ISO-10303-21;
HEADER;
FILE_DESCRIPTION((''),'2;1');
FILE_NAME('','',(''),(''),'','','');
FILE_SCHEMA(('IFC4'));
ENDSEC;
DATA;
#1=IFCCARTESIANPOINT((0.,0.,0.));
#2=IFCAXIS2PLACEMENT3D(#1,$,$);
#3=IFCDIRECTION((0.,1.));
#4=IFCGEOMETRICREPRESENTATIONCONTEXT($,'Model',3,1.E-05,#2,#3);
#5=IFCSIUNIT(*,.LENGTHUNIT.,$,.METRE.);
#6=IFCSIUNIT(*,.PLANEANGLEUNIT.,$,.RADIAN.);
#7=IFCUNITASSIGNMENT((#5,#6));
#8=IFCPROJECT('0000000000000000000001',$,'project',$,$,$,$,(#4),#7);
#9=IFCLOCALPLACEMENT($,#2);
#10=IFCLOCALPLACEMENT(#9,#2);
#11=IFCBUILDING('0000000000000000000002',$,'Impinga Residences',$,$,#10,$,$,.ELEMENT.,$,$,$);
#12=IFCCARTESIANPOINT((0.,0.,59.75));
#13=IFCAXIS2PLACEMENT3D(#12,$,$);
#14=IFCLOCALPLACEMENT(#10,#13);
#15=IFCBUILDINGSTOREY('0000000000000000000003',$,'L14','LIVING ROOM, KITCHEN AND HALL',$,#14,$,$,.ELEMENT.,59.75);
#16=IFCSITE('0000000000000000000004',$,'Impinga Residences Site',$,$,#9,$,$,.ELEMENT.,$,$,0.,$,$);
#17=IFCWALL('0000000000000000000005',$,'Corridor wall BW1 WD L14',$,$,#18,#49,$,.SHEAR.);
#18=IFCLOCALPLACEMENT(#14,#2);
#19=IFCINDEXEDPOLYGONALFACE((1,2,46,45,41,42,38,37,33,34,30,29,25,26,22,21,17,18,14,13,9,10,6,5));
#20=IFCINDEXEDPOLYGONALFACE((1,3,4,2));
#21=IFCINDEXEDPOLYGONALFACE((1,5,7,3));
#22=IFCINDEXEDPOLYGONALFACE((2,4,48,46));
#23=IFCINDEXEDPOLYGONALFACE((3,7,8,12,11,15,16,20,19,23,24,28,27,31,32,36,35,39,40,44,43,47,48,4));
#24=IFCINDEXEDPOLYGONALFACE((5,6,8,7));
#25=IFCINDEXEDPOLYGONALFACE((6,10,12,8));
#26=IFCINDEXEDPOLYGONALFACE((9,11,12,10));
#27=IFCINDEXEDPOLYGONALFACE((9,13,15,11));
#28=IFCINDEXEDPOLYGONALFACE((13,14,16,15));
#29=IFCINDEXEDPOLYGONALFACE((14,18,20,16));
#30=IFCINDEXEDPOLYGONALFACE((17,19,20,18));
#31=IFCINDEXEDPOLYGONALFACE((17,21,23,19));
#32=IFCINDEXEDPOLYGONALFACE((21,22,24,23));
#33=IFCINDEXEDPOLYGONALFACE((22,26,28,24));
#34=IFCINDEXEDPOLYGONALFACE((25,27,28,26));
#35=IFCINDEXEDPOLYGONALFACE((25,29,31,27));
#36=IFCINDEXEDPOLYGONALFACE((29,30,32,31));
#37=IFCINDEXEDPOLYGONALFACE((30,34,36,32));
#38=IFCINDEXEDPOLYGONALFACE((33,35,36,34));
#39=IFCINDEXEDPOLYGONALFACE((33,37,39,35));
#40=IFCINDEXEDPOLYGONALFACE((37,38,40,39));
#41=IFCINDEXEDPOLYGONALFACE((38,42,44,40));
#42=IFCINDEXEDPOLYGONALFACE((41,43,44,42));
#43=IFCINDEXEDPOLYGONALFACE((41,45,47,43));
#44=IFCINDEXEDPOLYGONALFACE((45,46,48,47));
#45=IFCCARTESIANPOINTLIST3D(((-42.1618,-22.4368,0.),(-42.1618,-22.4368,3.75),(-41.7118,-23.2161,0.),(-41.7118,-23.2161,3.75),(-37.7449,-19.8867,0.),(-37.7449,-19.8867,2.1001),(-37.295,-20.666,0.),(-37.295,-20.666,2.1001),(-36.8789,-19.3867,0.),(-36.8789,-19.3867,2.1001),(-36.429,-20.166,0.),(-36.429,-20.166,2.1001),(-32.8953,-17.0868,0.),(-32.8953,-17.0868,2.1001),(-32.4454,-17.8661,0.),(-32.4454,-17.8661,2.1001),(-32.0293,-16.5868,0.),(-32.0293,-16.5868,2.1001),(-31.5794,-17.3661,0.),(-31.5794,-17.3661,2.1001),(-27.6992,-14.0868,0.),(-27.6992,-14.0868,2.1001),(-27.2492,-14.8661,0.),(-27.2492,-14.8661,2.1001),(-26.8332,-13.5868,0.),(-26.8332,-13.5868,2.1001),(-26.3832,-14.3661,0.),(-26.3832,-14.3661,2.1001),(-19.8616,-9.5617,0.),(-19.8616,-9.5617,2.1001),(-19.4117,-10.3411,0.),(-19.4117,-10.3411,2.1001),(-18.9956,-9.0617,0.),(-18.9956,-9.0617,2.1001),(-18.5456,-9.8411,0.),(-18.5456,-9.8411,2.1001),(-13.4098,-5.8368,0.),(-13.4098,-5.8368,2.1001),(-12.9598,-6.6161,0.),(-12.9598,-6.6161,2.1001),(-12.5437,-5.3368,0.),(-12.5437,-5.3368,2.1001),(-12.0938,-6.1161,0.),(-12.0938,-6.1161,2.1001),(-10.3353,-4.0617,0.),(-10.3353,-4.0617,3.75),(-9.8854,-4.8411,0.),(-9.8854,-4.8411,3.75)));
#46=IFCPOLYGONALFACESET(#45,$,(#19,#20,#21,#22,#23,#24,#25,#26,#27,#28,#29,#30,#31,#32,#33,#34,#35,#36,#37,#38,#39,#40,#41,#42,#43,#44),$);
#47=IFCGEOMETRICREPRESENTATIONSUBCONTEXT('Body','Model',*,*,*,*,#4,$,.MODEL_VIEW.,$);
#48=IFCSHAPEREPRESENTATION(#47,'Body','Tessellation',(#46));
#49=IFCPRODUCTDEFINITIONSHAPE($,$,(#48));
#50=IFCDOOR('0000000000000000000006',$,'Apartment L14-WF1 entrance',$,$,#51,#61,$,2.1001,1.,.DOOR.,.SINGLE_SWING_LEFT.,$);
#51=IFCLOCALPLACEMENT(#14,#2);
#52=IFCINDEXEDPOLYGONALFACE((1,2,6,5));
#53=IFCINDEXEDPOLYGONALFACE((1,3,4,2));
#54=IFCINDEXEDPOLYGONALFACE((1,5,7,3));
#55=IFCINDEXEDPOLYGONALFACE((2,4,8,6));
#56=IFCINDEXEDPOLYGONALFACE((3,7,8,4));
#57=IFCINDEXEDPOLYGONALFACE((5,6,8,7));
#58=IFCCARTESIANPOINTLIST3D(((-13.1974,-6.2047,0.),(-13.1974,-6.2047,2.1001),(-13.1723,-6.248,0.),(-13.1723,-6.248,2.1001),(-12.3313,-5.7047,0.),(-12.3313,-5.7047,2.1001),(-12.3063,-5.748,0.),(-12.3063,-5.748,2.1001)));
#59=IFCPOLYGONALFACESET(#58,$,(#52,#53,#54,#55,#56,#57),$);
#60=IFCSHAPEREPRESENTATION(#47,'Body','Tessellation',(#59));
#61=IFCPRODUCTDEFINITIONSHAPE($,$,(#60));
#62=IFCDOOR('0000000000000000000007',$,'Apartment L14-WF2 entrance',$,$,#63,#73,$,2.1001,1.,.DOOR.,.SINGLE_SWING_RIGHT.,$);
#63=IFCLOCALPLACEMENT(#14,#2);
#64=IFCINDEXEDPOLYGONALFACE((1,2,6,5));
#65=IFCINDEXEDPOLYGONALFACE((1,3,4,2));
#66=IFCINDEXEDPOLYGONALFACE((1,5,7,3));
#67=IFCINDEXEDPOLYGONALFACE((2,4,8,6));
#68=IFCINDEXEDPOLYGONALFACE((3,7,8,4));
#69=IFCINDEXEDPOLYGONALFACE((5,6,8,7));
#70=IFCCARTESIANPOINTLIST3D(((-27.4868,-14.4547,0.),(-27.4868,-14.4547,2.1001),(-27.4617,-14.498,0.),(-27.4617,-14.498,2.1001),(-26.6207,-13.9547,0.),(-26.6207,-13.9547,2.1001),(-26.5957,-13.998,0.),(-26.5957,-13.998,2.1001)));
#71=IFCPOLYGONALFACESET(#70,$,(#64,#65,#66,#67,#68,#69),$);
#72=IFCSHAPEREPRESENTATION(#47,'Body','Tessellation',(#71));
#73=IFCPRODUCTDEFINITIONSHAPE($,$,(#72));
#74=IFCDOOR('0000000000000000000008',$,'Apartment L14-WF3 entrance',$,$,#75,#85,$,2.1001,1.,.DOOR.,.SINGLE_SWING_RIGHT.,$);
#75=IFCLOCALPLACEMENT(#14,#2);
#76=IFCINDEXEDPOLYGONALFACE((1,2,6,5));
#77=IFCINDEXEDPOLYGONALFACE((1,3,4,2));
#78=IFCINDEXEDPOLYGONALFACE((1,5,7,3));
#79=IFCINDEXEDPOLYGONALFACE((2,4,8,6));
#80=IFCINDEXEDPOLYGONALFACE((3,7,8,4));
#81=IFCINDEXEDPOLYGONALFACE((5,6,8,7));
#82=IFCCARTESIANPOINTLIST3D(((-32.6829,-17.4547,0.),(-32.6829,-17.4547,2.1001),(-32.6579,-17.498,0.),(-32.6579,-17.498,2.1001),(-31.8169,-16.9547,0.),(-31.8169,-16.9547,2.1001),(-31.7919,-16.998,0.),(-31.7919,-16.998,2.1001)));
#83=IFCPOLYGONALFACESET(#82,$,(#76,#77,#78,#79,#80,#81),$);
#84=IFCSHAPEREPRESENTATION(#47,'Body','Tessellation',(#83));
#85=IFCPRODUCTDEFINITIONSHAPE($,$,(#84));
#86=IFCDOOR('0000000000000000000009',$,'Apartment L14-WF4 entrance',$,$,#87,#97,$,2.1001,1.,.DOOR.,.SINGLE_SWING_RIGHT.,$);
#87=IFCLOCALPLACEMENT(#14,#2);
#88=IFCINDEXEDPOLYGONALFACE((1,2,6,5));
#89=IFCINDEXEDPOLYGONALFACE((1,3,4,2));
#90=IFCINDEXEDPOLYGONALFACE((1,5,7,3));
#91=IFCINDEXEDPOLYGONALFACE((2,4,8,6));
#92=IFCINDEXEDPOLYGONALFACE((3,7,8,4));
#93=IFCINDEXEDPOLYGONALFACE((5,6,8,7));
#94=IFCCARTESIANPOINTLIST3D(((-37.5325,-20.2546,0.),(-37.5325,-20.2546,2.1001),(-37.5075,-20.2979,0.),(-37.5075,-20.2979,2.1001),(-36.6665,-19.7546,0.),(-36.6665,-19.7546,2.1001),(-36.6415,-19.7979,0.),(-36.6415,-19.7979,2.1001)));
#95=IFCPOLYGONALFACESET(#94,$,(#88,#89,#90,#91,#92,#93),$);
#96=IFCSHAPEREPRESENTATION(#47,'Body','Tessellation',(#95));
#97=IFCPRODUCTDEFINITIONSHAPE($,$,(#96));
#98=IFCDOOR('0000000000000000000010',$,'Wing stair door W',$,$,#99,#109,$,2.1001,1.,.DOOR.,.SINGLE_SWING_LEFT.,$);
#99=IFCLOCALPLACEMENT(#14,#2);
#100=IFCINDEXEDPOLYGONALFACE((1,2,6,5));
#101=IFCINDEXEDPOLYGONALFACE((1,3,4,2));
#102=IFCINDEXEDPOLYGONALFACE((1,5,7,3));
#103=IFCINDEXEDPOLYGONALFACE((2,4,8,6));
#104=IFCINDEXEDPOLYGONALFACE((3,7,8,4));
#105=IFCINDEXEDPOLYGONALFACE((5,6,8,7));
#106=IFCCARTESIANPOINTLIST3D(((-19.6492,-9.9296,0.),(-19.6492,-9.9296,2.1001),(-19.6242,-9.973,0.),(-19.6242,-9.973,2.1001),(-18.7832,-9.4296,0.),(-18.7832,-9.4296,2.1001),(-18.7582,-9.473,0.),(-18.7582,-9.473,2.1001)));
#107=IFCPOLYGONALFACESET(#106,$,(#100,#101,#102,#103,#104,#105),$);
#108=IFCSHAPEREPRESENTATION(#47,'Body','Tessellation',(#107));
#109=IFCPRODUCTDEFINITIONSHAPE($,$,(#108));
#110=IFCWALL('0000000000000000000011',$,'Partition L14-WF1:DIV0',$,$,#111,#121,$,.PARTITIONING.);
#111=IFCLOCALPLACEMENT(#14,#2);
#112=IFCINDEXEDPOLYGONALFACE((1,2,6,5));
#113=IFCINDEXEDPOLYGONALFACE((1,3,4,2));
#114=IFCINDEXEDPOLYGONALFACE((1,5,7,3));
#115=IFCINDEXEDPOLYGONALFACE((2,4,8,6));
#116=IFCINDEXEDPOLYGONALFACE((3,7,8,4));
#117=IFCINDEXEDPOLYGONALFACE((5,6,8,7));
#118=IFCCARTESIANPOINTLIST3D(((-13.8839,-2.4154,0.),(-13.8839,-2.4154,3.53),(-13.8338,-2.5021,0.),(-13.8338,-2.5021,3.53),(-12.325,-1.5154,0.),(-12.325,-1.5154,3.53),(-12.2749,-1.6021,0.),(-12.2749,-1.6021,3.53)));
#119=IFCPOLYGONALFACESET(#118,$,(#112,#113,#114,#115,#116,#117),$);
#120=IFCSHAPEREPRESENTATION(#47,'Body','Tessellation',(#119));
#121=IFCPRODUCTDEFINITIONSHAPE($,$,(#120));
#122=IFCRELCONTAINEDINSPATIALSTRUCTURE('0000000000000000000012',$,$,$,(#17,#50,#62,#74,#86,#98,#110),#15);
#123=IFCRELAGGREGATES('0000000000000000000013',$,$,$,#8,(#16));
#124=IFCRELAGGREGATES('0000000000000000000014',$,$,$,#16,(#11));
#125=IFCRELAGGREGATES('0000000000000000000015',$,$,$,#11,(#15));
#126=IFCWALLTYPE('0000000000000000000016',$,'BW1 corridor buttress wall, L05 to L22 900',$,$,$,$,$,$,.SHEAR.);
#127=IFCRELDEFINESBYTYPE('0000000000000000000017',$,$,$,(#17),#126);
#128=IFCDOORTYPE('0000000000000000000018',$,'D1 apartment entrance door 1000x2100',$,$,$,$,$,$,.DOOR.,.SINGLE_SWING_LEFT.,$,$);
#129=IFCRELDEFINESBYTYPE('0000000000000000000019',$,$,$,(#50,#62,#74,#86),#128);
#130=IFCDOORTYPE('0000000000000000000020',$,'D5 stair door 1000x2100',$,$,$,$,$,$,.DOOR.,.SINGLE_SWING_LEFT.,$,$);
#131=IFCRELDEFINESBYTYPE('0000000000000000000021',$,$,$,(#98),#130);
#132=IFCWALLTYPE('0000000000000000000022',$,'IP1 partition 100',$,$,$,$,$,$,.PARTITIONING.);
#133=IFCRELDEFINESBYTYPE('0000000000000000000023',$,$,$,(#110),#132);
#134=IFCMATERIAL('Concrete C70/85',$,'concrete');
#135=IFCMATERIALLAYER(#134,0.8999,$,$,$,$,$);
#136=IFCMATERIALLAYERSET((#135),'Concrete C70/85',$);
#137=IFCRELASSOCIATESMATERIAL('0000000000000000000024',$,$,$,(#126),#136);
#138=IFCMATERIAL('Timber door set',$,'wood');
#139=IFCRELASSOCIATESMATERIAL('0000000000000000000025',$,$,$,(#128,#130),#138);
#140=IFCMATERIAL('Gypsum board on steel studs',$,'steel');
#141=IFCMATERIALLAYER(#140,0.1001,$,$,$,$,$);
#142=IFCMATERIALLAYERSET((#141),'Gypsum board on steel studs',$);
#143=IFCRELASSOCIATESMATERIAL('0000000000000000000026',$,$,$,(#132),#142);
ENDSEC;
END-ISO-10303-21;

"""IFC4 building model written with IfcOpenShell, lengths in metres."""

from ifc_helpers import new_model, si_unit, direction, frame, frame_2d, origin, place, context, subcontext, project, spatial, rectangle, extrude, material, layer, layer_set, type_object, element, fill, save


model = new_model("IFC4")

# Units and contexts
model_context = context("Model", 3, precision=1e-05, world=origin(), true_north=direction((0.0, 1.0)))
body_context = subcontext(model_context, "Body", "Model", "MODEL_VIEW")
ifc_project = project(units=[si_unit("LENGTHUNIT", "METRE"), si_unit("PLANEANGLEUNIT", "RADIAN")], contexts=[model_context])

# Site, building, storey
site_placement = place(None, origin())
site = spatial("IfcSite", under=ifc_project, at=site_placement, Name="Impinga Residences Site", CompositionType="ELEMENT", RefElevation=0.0)
building_placement = place(site_placement, origin())
building = spatial("IfcBuilding", under=site, at=building_placement, Name="Impinga Residences", CompositionType="ELEMENT")
storey_placement = place(building_placement, frame((0.0, 0.0, 59.75)))
storey = spatial("IfcBuildingStorey", under=building, at=storey_placement, Name="L14", Description="LIVING ROOM, KITCHEN AND HALL", CompositionType="ELEMENT", Elevation=59.75)

# Wall, openings, doors
ifc_material_1 = material(Name="Concrete C70/85", Category="concrete")
ifc_layer_1 = layer(ifc_material_1, 0.8999)
ifc_layer_set_1 = layer_set([ifc_layer_1], Name="Concrete C70/85")
wall_type_1 = type_object("IfcWallType", Name="BW1 corridor buttress wall, L05 to L22 900", PredefinedType="SHEAR", material=ifc_layer_set_1)
wall_1_placement = place(storey_placement, frame((-10.1104, -4.4514, 0.0), z_axis=(0.0, 0.0, 1.0), x_axis=(-0.866025, -0.5, 0.0)))
wall_1 = element("IfcWall", 1, at=wall_1_placement, inside=storey, type_object=wall_type_1, Name="Corridor wall BW1 WD L14", PredefinedType="SHEAR", context=body_context, shape_type="SweptSolid", body=[
    extrude(rectangle(XDim=36.75, YDim=0.8999, at=frame_2d((18.375, 0.0))), origin(), (0.0, 0.0, 1.0), 3.75),
])
opening_1_placement = place(wall_1_placement, frame((10.0, 0.0, 0.0)))
opening_1 = element("IfcOpeningElement", 2, at=opening_1_placement, cuts=wall_1, PredefinedType="OPENING", context=body_context, shape_type="SweptSolid", body=[
    extrude(rectangle(XDim=1.0, YDim=2.1001, at=frame_2d((0.5, 1.05))), frame((0.0, 0.46, 0.0), z_axis=(0.0, -1.0, 0.0), x_axis=(1.0, 0.0, 0.0)), (0.0, 0.0, 1.0), 0.9199),
])
opening_2_placement = place(wall_1_placement, frame((2.55, 0.0, 0.0)))
opening_2 = element("IfcOpeningElement", 3, at=opening_2_placement, cuts=wall_1, PredefinedType="OPENING", context=body_context, shape_type="SweptSolid", body=[
    extrude(rectangle(XDim=1.0, YDim=2.1001, at=frame_2d((0.5, 1.05))), frame((0.0, 0.46, 0.0), z_axis=(0.0, -1.0, 0.0), x_axis=(1.0, 0.0, 0.0)), (0.0, 0.0, 1.0), 0.9199),
])
opening_3_placement = place(wall_1_placement, frame((19.05, 0.0, 0.0)))
opening_3 = element("IfcOpeningElement", 4, at=opening_3_placement, cuts=wall_1, PredefinedType="OPENING", context=body_context, shape_type="SweptSolid", body=[
    extrude(rectangle(XDim=1.0, YDim=2.1001, at=frame_2d((0.5, 1.05))), frame((0.0, 0.46, 0.0), z_axis=(0.0, -1.0, 0.0), x_axis=(1.0, 0.0, 0.0)), (0.0, 0.0, 1.0), 0.9199),
])
opening_4_placement = place(wall_1_placement, frame((25.05, 0.0, 0.0)))
opening_4 = element("IfcOpeningElement", 5, at=opening_4_placement, cuts=wall_1, PredefinedType="OPENING", context=body_context, shape_type="SweptSolid", body=[
    extrude(rectangle(XDim=1.0, YDim=2.1001, at=frame_2d((0.5, 1.05))), frame((0.0, 0.46, 0.0), z_axis=(0.0, -1.0, 0.0), x_axis=(1.0, 0.0, 0.0)), (0.0, 0.0, 1.0), 0.9199),
])
opening_5_placement = place(wall_1_placement, frame((30.6499, 0.0, 0.0)))
opening_5 = element("IfcOpeningElement", 6, at=opening_5_placement, cuts=wall_1, PredefinedType="OPENING", context=body_context, shape_type="SweptSolid", body=[
    extrude(rectangle(XDim=1.0, YDim=2.1001, at=frame_2d((0.5, 1.05))), frame((0.0, 0.46, 0.0), z_axis=(0.0, -1.0, 0.0), x_axis=(1.0, 0.0, 0.0)), (0.0, 0.0, 1.0), 0.9199),
])
ifc_material_2 = material(Name="Timber door set", Category="wood")
door_type_1 = type_object("IfcDoorType", Name="D1 apartment entrance door 1000x2100", OperationType="SINGLE_SWING_LEFT", PredefinedType="DOOR", material=ifc_material_2)
door_1_placement = place(opening_2_placement, origin())
door_1 = element("IfcDoor", 7, at=door_1_placement, inside=storey, type_object=door_type_1, Name="Apartment L14-WF1 entrance", OperationType="SINGLE_SWING_LEFT", OverallHeight=2.1001, OverallWidth=1.0, PredefinedType="DOOR", context=body_context, shape_type="SweptSolid", body=[
    extrude(rectangle(XDim=1.0, YDim=2.1001, at=frame_2d((0.5, 1.05))), frame((0.0, 0.0249, 0.0), z_axis=(0.0, -1.0, 0.0), x_axis=(1.0, 0.0, 0.0)), (0.0, 0.0, 1.0), 0.05),
])
fill(opening_2, door_1)
door_2_placement = place(opening_3_placement, origin())
door_2 = element("IfcDoor", 8, at=door_2_placement, inside=storey, type_object=door_type_1, Name="Apartment L14-WF2 entrance", OperationType="SINGLE_SWING_RIGHT", OverallHeight=2.1001, OverallWidth=1.0, PredefinedType="DOOR", context=body_context, shape_type="SweptSolid", body=[
    extrude(rectangle(XDim=1.0, YDim=2.1001, at=frame_2d((0.5, 1.05))), frame((0.0, 0.0249, 0.0), z_axis=(0.0, -1.0, 0.0), x_axis=(1.0, 0.0, 0.0)), (0.0, 0.0, 1.0), 0.05),
])
fill(opening_3, door_2)
door_3_placement = place(opening_4_placement, origin())
door_3 = element("IfcDoor", 9, at=door_3_placement, inside=storey, type_object=door_type_1, Name="Apartment L14-WF3 entrance", OperationType="SINGLE_SWING_RIGHT", OverallHeight=2.1001, OverallWidth=1.0, PredefinedType="DOOR", context=body_context, shape_type="SweptSolid", body=[
    extrude(rectangle(XDim=1.0, YDim=2.1001, at=frame_2d((0.5, 1.05))), frame((0.0, 0.0249, 0.0), z_axis=(0.0, -1.0, 0.0), x_axis=(1.0, 0.0, 0.0)), (0.0, 0.0, 1.0), 0.05),
])
fill(opening_4, door_3)
door_4_placement = place(opening_5_placement, origin())
door_4 = element("IfcDoor", 10, at=door_4_placement, inside=storey, type_object=door_type_1, Name="Apartment L14-WF4 entrance", OperationType="SINGLE_SWING_RIGHT", OverallHeight=2.1001, OverallWidth=1.0, PredefinedType="DOOR", context=body_context, shape_type="SweptSolid", body=[
    extrude(rectangle(XDim=1.0, YDim=2.1001, at=frame_2d((0.5, 1.05))), frame((0.0, 0.0249, 0.0), z_axis=(0.0, -1.0, 0.0), x_axis=(1.0, 0.0, 0.0)), (0.0, 0.0, 1.0), 0.05),
])
fill(opening_5, door_4)
door_type_2 = type_object("IfcDoorType", Name="D5 stair door 1000x2100", OperationType="SINGLE_SWING_LEFT", PredefinedType="DOOR", material=ifc_material_2)
door_5_placement = place(opening_1_placement, origin())
door_5 = element("IfcDoor", 11, at=door_5_placement, inside=storey, type_object=door_type_2, Name="Wing stair door W", OperationType="SINGLE_SWING_LEFT", OverallHeight=2.1001, OverallWidth=1.0, PredefinedType="DOOR", context=body_context, shape_type="SweptSolid", body=[
    extrude(rectangle(XDim=1.0, YDim=2.1001, at=frame_2d((0.5, 1.05))), frame((0.0, 0.0249, 0.0), z_axis=(0.0, -1.0, 0.0), x_axis=(1.0, 0.0, 0.0)), (0.0, 0.0, 1.0), 0.05),
])
fill(opening_1, door_5)

# Wall
ifc_material_3 = material(Name="Gypsum board on steel studs", Category="steel")
ifc_layer_2 = layer(ifc_material_3, 0.1001)
ifc_layer_set_2 = layer_set([ifc_layer_2], Name="Gypsum board on steel studs")
wall_type_2 = type_object("IfcWallType", Name="IP1 partition 100", PredefinedType="PARTITIONING", material=ifc_layer_set_2)
wall_2_placement = place(storey_placement, frame((-12.3, -1.5588, 0.0), z_axis=(0.0, 0.0, 1.0), x_axis=(-0.866048, -0.499961, 0.0)))
element("IfcWall", 12, at=wall_2_placement, inside=storey, type_object=wall_type_2, Name="Partition L14-WF1:DIV0", PredefinedType="PARTITIONING", context=body_context, shape_type="SweptSolid", body=[
    extrude(rectangle(XDim=1.8, YDim=0.1001, at=frame_2d((0.8999, 0.0))), origin(), (0.0, 0.0, 1.0), 3.53),
])

save(model, "model.ifc")
